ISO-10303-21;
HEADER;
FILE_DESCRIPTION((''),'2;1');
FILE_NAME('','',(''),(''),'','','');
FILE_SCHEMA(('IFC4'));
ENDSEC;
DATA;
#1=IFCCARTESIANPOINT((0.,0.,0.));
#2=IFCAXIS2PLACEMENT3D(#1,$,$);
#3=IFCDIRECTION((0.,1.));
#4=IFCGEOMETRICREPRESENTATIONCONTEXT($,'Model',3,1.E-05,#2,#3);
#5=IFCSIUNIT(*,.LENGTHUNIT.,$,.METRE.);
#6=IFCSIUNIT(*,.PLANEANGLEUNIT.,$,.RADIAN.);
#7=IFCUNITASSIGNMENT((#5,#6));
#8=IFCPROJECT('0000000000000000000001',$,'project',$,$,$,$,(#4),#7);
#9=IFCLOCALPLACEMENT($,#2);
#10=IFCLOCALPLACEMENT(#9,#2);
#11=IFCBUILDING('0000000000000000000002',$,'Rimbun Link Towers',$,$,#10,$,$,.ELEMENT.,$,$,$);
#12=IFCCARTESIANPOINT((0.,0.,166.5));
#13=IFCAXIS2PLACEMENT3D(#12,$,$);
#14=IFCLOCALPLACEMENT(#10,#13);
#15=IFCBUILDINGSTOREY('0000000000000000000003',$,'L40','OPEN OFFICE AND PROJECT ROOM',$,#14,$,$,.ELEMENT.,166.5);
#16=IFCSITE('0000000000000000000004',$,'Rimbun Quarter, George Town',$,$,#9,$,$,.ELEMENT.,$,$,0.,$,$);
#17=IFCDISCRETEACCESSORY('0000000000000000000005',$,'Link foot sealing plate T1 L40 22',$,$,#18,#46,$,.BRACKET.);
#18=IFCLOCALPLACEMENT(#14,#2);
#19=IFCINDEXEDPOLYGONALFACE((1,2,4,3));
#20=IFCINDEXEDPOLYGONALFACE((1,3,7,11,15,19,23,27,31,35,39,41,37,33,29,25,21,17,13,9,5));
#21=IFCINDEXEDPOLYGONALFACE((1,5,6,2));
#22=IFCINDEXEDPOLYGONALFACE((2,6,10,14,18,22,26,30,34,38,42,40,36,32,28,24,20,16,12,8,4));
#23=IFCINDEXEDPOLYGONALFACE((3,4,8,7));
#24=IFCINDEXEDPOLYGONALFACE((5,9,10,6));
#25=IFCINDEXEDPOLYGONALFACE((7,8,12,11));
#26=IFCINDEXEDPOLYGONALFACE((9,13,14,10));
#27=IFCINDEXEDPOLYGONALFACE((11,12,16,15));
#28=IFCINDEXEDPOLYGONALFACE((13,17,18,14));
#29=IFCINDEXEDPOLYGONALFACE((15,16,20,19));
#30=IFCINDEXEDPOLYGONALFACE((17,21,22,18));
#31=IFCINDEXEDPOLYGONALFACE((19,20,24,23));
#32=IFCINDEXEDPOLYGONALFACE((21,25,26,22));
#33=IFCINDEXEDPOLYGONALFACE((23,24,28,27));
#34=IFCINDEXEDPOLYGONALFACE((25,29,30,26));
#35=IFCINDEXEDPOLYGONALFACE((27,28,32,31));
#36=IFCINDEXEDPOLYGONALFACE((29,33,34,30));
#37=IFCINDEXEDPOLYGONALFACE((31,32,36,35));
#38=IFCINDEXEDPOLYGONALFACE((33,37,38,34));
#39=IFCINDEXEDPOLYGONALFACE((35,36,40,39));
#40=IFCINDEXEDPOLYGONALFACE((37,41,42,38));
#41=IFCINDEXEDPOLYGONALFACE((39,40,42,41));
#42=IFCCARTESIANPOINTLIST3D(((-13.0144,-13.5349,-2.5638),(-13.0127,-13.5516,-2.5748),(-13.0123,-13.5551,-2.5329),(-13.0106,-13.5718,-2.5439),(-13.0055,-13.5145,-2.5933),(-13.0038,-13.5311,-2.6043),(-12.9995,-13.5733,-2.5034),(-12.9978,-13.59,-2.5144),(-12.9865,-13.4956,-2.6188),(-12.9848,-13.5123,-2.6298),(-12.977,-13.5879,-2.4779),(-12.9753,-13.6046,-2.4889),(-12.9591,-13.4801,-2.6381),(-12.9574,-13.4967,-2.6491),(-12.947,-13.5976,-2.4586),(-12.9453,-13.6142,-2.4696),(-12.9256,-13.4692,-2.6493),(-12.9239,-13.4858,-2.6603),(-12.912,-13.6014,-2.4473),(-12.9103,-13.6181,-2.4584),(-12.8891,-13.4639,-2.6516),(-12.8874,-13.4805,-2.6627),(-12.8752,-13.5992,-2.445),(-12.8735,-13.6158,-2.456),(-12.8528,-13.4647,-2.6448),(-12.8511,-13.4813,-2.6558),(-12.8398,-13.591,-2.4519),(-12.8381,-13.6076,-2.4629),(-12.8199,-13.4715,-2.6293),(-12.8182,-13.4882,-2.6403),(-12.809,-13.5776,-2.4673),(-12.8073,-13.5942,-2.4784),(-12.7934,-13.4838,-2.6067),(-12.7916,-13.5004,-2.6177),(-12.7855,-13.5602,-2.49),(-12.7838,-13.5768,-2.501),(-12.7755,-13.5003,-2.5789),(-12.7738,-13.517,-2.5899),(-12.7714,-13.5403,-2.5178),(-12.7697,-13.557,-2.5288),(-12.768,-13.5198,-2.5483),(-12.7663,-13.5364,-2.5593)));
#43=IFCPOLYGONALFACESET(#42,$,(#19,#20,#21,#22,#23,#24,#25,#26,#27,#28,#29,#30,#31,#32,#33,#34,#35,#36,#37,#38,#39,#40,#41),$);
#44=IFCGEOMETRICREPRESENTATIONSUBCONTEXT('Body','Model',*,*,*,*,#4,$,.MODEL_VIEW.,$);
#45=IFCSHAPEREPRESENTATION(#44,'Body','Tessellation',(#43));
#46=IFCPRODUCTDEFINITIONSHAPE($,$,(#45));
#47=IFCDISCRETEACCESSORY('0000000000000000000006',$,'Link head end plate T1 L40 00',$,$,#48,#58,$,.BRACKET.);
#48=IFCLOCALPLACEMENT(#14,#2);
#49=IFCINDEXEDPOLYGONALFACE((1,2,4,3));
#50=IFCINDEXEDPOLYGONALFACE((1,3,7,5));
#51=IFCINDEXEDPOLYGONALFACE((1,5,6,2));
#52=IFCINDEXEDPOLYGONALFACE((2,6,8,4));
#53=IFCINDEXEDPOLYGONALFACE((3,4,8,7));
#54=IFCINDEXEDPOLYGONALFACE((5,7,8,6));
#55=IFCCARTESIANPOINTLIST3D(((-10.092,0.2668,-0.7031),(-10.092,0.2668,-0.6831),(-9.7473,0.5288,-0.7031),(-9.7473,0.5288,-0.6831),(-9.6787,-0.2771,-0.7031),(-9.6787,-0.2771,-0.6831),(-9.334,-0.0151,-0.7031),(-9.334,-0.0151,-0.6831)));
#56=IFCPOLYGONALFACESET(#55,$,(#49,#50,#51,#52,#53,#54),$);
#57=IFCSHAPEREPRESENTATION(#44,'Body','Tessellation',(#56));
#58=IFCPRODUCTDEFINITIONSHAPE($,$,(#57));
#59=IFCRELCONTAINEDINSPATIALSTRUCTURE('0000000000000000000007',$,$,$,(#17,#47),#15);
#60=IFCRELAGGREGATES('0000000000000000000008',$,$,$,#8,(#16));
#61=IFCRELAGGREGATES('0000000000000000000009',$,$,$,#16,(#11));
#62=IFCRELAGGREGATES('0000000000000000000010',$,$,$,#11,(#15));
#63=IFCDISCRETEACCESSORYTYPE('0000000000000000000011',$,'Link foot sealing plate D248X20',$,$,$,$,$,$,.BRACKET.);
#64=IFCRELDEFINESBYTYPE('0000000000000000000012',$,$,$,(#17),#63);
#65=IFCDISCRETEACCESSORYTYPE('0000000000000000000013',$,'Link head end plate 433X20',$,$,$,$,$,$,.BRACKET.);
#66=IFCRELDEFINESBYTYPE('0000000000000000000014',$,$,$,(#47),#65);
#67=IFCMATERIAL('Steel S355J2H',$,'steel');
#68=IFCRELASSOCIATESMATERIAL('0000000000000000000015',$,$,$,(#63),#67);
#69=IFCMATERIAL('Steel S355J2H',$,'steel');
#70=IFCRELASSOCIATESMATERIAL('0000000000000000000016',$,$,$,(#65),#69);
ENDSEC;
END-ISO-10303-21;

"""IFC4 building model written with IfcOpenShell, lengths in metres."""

from ifc_helpers import new_model, si_unit, direction, frame, origin, origin_2d, place, context, subcontext, project, spatial, polyline, rectangle, circle, outline, extrude, material, material_profile, profile_set, type_object, element, save


model = new_model("IFC4")

# Units and contexts
model_context = context("Model", 3, precision=1e-05, world=origin(), true_north=direction((0.0, 1.0)))
body_context = subcontext(model_context, "Body", "Model", "MODEL_VIEW")
ifc_project = project(units=[si_unit("LENGTHUNIT", "METRE"), si_unit("PLANEANGLEUNIT", "RADIAN")], contexts=[model_context])

# Site, building, storey
site_placement = place(None, origin())
site = spatial("IfcSite", under=ifc_project, at=site_placement, Name="Rimbun Quarter, George Town", CompositionType="ELEMENT", RefElevation=0.0)
building_placement = place(site_placement, origin())
building = spatial("IfcBuilding", under=site, at=building_placement, Name="Rimbun Link Towers", CompositionType="ELEMENT")
storey_placement = place(building_placement, frame((0.0, 0.0, 166.5)))
storey = spatial("IfcBuildingStorey", under=building, at=storey_placement, Name="L40", Description="OPEN OFFICE AND PROJECT ROOM", CompositionType="ELEMENT", Elevation=166.5)

# Discrete accessories
ifc_material_1 = material(Name="Steel S355J2H", Category="steel")
ifc_material_profile_1 = material_profile(ifc_material_1, circle(Radius=0.124, at=origin_2d()), Name="PL D248")
ifc_profile_set_1 = profile_set([ifc_material_profile_1], Name="Steel S355J2H")
discrete_accessory_type_1 = type_object("IfcDiscreteAccessoryType", Name="Link foot sealing plate D248X20", PredefinedType="BRACKET", material=ifc_profile_set_1)
for number, where, z_axis, x_axis, name in (
    (1, (-12.8914, -13.5325, -2.5483), (0.085531, -0.830876, -0.549845), (0.994743, 0.1024, 0.0), "Link foot sealing plate T1 L40 22"),
):
    element("IfcDiscreteAccessory", number, at=place(storey_placement, frame(where, z_axis=z_axis, x_axis=x_axis)), inside=storey, type_object=discrete_accessory_type_1, Name=name, PredefinedType="BRACKET", context=body_context, shape_type="SweptSolid", body=[
        extrude(circle(Radius=0.124, at=origin_2d()), origin(), (0.0, 0.0, 1.0), 0.02),
    ])
ifc_material_2 = material(Name="Steel S355J2H", Category="steel")
ifc_material_profile_2 = material_profile(ifc_material_2, rectangle(XDim=0.4331, YDim=0.4331, at=origin_2d()), Name="PL 433x433")
ifc_profile_set_2 = profile_set([ifc_material_profile_2], Name="Steel S355J2H")
discrete_accessory_type_2 = type_object("IfcDiscreteAccessoryType", Name="Link head end plate 433X20", PredefinedType="BRACKET", material=ifc_profile_set_2)
discrete_accessory_placement = place(storey_placement, frame((0.0, 0.0, -0.7031)))
element("IfcDiscreteAccessory", 2, at=discrete_accessory_placement, inside=storey, type_object=discrete_accessory_type_2, Name="Link head end plate T1 L40 00", PredefinedType="BRACKET", context=body_context, shape_type="SweptSolid", body=[
    extrude(outline(polyline([(-10.092, 0.2668), (-9.6787, -0.2771), (-9.334, -0.0151), (-9.7473, 0.5288), (-10.092, 0.2668)])), origin(), (0.0, 0.0, 1.0), 0.02),
])

save(model, "model.ifc")
